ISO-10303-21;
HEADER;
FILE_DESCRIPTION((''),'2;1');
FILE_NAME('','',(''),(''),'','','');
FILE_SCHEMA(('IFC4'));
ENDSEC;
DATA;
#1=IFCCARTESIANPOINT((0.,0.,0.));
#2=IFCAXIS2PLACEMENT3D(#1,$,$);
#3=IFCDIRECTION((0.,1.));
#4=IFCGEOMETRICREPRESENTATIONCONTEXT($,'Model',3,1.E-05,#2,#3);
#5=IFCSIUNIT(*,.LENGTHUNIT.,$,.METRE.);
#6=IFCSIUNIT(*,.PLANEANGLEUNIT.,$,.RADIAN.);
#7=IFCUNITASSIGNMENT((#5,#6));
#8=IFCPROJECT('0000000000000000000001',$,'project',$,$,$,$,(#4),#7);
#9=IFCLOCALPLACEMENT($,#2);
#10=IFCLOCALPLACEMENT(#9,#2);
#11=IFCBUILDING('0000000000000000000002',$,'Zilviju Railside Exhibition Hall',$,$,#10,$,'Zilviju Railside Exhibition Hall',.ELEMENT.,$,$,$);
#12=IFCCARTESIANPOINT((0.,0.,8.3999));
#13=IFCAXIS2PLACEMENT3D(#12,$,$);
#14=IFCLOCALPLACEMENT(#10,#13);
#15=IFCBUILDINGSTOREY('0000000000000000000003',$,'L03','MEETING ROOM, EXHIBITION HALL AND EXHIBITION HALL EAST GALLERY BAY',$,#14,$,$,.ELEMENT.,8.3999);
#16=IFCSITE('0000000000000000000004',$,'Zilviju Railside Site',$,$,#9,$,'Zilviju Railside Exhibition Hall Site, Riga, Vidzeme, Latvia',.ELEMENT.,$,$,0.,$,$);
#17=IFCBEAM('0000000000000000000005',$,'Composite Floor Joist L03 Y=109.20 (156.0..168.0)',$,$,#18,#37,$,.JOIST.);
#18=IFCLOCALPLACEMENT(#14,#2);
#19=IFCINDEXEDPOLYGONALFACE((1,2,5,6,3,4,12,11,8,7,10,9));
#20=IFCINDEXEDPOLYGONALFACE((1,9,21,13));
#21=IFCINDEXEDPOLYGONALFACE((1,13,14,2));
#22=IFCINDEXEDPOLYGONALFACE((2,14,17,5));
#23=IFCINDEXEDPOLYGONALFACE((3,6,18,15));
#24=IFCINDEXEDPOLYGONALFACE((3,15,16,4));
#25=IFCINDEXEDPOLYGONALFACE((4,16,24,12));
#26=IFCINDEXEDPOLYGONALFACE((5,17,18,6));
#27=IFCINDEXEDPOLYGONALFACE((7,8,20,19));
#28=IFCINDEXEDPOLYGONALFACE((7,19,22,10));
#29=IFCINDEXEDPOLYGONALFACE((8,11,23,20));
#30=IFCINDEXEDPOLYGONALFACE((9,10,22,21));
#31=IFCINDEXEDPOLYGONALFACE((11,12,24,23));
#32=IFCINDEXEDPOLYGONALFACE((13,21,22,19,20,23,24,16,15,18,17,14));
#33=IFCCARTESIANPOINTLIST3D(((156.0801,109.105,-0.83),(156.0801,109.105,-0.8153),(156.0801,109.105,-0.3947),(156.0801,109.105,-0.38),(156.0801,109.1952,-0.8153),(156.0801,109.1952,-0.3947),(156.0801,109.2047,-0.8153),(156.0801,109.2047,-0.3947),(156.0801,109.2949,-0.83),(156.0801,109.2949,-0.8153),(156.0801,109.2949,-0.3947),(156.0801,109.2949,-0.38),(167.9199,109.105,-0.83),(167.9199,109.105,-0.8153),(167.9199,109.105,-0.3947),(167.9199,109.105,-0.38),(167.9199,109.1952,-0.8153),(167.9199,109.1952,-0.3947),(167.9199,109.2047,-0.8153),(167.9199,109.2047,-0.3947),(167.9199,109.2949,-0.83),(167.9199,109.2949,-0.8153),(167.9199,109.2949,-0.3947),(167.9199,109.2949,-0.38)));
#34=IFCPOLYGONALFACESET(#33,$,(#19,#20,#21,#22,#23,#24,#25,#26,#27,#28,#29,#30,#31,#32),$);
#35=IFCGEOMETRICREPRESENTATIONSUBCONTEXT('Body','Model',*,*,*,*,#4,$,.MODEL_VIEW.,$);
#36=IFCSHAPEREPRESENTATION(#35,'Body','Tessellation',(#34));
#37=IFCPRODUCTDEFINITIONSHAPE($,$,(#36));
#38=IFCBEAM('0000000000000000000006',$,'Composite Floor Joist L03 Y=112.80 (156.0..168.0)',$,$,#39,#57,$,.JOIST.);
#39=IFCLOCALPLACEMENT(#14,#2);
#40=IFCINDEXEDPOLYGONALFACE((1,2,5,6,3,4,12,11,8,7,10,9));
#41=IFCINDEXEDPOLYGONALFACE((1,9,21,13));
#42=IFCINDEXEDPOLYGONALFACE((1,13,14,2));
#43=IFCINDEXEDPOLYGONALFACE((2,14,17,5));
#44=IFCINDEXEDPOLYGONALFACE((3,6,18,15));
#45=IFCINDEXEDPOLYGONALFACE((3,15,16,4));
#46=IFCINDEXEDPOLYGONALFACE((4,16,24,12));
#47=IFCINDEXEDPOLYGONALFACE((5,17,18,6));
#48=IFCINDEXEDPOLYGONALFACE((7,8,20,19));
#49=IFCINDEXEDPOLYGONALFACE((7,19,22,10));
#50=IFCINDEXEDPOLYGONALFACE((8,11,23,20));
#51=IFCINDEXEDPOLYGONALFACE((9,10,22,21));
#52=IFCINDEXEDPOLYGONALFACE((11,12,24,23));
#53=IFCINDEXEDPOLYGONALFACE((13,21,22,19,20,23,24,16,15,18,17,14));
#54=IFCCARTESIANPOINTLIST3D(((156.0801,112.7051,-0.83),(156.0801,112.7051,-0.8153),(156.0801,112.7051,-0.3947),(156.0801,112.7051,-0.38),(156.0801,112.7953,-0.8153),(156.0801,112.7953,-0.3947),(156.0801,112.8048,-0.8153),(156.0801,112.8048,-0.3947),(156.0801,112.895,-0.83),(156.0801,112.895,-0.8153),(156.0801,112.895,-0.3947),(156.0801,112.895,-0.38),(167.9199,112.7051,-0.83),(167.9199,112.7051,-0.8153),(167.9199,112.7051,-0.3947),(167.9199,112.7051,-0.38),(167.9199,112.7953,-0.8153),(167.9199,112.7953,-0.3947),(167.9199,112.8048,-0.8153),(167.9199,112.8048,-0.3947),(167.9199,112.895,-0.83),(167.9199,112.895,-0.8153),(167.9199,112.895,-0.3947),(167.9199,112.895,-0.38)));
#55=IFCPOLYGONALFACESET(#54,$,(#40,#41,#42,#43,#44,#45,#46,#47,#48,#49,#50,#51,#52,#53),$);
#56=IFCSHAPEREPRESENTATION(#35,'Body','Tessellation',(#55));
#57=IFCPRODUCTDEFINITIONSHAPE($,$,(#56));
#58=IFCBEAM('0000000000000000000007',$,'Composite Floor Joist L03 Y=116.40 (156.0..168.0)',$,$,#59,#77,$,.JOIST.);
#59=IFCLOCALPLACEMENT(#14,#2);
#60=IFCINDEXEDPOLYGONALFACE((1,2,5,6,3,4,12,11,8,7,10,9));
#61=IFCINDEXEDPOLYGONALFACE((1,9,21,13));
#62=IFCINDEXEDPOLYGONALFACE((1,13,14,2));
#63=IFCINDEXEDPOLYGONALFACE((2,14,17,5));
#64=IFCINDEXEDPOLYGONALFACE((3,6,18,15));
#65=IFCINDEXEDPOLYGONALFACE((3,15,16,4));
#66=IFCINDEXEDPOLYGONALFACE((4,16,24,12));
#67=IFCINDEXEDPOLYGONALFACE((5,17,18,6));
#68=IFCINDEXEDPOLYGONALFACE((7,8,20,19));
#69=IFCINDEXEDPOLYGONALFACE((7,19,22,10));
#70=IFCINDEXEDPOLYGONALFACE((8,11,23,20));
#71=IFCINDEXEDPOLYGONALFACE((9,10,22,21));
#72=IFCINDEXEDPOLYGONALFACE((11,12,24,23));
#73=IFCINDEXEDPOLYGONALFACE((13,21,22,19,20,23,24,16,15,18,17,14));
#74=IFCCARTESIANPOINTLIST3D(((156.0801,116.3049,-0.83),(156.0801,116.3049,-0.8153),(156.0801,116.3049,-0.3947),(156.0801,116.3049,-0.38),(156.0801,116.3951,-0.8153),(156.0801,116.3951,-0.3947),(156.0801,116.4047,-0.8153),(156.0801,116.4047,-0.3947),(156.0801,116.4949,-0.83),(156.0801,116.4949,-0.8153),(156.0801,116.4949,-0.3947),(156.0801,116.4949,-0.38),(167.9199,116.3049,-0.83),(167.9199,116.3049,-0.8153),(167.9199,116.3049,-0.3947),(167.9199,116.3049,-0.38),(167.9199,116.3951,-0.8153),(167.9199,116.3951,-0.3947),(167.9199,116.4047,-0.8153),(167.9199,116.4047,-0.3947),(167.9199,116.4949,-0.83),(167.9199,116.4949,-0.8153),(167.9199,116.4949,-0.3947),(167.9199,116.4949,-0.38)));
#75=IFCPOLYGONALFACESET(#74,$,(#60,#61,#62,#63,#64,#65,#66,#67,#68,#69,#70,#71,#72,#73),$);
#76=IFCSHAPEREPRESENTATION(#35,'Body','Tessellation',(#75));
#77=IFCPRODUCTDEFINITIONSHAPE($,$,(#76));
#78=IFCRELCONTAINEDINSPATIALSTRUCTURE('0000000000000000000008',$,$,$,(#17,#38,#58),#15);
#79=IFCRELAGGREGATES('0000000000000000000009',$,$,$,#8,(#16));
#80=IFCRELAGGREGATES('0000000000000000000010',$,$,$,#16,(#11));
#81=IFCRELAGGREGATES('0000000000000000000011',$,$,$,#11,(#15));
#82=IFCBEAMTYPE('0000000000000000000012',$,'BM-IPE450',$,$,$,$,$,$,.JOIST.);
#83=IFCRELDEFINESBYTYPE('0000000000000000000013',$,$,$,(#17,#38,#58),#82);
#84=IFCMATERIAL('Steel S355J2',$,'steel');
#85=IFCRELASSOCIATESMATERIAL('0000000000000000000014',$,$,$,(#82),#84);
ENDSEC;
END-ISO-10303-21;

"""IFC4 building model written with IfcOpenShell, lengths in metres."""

from ifc_helpers import new_model, si_unit, direction, frame, origin, origin_2d, place, context, subcontext, project, spatial, i_section, extrude, material, material_profile, profile_set, type_object, element, save


model = new_model("IFC4")

# Units and contexts
model_context = context("Model", 3, precision=1e-05, world=origin(), true_north=direction((0.0, 1.0)))
body_context = subcontext(model_context, "Body", "Model", "MODEL_VIEW")
ifc_project = project(units=[si_unit("LENGTHUNIT", "METRE"), si_unit("PLANEANGLEUNIT", "RADIAN")], contexts=[model_context])

# Site, building, storey
site_placement = place(None, origin())
site = spatial("IfcSite", under=ifc_project, at=site_placement, Name="Zilviju Railside Site", LongName="Zilviju Railside Exhibition Hall Site, Riga, Vidzeme, Latvia", CompositionType="ELEMENT", RefElevation=0.0)
building_placement = place(site_placement, origin())
building = spatial("IfcBuilding", under=site, at=building_placement, Name="Zilviju Railside Exhibition Hall", LongName="Zilviju Railside Exhibition Hall", CompositionType="ELEMENT")
storey_placement = place(building_placement, frame((0.0, 0.0, 8.3999)))
storey = spatial("IfcBuildingStorey", under=building, at=storey_placement, Name="L03", Description="MEETING ROOM, EXHIBITION HALL AND EXHIBITION HALL EAST GALLERY BAY", CompositionType="ELEMENT", Elevation=8.3999)

# Shared definitions
ifc_material = material(Name="Steel S355J2", Category="steel")

# Beams
ifc_material_profile_1 = material_profile(ifc_material, i_section(OverallWidth=0.1899, OverallDepth=0.45, WebThickness=0.0095, FlangeThickness=0.0146, at=origin_2d()), Name="IPE 450")
ifc_profile_set_1 = profile_set([ifc_material_profile_1], Name="Steel S355J2")
beam_type_1 = type_object("IfcBeamType", Name="BM-IPE450", PredefinedType="JOIST", material=ifc_profile_set_1)
for number, where, z_axis, x_axis, name in (
    (1, (156.0801, 109.2, -0.605), (1.0, 0.0, 0.0), (0.0, 1.0, 0.0), "Composite Floor Joist L03 Y=109.20 (156.0..168.0)"),
    (2, (156.0801, 112.8, -0.605), (1.0, 0.0, 0.0), (0.0, 1.0, 0.0), "Composite Floor Joist L03 Y=112.80 (156.0..168.0)"),
    (3, (156.0801, 116.3999, -0.605), (1.0, 0.0, 0.0), (0.0, 1.0, 0.0), "Composite Floor Joist L03 Y=116.40 (156.0..168.0)"),
):
    element("IfcBeam", number, at=place(storey_placement, frame(where, z_axis=z_axis, x_axis=x_axis)), inside=storey, type_object=beam_type_1, Name=name, PredefinedType="JOIST", context=body_context, shape_type="SweptSolid", body=[
        extrude(i_section(OverallWidth=0.1899, OverallDepth=0.45, WebThickness=0.0095, FlangeThickness=0.0146, at=origin_2d()), origin(), (0.0, 0.0, 1.0), 11.8398),
    ])

save(model, "model.ifc")
